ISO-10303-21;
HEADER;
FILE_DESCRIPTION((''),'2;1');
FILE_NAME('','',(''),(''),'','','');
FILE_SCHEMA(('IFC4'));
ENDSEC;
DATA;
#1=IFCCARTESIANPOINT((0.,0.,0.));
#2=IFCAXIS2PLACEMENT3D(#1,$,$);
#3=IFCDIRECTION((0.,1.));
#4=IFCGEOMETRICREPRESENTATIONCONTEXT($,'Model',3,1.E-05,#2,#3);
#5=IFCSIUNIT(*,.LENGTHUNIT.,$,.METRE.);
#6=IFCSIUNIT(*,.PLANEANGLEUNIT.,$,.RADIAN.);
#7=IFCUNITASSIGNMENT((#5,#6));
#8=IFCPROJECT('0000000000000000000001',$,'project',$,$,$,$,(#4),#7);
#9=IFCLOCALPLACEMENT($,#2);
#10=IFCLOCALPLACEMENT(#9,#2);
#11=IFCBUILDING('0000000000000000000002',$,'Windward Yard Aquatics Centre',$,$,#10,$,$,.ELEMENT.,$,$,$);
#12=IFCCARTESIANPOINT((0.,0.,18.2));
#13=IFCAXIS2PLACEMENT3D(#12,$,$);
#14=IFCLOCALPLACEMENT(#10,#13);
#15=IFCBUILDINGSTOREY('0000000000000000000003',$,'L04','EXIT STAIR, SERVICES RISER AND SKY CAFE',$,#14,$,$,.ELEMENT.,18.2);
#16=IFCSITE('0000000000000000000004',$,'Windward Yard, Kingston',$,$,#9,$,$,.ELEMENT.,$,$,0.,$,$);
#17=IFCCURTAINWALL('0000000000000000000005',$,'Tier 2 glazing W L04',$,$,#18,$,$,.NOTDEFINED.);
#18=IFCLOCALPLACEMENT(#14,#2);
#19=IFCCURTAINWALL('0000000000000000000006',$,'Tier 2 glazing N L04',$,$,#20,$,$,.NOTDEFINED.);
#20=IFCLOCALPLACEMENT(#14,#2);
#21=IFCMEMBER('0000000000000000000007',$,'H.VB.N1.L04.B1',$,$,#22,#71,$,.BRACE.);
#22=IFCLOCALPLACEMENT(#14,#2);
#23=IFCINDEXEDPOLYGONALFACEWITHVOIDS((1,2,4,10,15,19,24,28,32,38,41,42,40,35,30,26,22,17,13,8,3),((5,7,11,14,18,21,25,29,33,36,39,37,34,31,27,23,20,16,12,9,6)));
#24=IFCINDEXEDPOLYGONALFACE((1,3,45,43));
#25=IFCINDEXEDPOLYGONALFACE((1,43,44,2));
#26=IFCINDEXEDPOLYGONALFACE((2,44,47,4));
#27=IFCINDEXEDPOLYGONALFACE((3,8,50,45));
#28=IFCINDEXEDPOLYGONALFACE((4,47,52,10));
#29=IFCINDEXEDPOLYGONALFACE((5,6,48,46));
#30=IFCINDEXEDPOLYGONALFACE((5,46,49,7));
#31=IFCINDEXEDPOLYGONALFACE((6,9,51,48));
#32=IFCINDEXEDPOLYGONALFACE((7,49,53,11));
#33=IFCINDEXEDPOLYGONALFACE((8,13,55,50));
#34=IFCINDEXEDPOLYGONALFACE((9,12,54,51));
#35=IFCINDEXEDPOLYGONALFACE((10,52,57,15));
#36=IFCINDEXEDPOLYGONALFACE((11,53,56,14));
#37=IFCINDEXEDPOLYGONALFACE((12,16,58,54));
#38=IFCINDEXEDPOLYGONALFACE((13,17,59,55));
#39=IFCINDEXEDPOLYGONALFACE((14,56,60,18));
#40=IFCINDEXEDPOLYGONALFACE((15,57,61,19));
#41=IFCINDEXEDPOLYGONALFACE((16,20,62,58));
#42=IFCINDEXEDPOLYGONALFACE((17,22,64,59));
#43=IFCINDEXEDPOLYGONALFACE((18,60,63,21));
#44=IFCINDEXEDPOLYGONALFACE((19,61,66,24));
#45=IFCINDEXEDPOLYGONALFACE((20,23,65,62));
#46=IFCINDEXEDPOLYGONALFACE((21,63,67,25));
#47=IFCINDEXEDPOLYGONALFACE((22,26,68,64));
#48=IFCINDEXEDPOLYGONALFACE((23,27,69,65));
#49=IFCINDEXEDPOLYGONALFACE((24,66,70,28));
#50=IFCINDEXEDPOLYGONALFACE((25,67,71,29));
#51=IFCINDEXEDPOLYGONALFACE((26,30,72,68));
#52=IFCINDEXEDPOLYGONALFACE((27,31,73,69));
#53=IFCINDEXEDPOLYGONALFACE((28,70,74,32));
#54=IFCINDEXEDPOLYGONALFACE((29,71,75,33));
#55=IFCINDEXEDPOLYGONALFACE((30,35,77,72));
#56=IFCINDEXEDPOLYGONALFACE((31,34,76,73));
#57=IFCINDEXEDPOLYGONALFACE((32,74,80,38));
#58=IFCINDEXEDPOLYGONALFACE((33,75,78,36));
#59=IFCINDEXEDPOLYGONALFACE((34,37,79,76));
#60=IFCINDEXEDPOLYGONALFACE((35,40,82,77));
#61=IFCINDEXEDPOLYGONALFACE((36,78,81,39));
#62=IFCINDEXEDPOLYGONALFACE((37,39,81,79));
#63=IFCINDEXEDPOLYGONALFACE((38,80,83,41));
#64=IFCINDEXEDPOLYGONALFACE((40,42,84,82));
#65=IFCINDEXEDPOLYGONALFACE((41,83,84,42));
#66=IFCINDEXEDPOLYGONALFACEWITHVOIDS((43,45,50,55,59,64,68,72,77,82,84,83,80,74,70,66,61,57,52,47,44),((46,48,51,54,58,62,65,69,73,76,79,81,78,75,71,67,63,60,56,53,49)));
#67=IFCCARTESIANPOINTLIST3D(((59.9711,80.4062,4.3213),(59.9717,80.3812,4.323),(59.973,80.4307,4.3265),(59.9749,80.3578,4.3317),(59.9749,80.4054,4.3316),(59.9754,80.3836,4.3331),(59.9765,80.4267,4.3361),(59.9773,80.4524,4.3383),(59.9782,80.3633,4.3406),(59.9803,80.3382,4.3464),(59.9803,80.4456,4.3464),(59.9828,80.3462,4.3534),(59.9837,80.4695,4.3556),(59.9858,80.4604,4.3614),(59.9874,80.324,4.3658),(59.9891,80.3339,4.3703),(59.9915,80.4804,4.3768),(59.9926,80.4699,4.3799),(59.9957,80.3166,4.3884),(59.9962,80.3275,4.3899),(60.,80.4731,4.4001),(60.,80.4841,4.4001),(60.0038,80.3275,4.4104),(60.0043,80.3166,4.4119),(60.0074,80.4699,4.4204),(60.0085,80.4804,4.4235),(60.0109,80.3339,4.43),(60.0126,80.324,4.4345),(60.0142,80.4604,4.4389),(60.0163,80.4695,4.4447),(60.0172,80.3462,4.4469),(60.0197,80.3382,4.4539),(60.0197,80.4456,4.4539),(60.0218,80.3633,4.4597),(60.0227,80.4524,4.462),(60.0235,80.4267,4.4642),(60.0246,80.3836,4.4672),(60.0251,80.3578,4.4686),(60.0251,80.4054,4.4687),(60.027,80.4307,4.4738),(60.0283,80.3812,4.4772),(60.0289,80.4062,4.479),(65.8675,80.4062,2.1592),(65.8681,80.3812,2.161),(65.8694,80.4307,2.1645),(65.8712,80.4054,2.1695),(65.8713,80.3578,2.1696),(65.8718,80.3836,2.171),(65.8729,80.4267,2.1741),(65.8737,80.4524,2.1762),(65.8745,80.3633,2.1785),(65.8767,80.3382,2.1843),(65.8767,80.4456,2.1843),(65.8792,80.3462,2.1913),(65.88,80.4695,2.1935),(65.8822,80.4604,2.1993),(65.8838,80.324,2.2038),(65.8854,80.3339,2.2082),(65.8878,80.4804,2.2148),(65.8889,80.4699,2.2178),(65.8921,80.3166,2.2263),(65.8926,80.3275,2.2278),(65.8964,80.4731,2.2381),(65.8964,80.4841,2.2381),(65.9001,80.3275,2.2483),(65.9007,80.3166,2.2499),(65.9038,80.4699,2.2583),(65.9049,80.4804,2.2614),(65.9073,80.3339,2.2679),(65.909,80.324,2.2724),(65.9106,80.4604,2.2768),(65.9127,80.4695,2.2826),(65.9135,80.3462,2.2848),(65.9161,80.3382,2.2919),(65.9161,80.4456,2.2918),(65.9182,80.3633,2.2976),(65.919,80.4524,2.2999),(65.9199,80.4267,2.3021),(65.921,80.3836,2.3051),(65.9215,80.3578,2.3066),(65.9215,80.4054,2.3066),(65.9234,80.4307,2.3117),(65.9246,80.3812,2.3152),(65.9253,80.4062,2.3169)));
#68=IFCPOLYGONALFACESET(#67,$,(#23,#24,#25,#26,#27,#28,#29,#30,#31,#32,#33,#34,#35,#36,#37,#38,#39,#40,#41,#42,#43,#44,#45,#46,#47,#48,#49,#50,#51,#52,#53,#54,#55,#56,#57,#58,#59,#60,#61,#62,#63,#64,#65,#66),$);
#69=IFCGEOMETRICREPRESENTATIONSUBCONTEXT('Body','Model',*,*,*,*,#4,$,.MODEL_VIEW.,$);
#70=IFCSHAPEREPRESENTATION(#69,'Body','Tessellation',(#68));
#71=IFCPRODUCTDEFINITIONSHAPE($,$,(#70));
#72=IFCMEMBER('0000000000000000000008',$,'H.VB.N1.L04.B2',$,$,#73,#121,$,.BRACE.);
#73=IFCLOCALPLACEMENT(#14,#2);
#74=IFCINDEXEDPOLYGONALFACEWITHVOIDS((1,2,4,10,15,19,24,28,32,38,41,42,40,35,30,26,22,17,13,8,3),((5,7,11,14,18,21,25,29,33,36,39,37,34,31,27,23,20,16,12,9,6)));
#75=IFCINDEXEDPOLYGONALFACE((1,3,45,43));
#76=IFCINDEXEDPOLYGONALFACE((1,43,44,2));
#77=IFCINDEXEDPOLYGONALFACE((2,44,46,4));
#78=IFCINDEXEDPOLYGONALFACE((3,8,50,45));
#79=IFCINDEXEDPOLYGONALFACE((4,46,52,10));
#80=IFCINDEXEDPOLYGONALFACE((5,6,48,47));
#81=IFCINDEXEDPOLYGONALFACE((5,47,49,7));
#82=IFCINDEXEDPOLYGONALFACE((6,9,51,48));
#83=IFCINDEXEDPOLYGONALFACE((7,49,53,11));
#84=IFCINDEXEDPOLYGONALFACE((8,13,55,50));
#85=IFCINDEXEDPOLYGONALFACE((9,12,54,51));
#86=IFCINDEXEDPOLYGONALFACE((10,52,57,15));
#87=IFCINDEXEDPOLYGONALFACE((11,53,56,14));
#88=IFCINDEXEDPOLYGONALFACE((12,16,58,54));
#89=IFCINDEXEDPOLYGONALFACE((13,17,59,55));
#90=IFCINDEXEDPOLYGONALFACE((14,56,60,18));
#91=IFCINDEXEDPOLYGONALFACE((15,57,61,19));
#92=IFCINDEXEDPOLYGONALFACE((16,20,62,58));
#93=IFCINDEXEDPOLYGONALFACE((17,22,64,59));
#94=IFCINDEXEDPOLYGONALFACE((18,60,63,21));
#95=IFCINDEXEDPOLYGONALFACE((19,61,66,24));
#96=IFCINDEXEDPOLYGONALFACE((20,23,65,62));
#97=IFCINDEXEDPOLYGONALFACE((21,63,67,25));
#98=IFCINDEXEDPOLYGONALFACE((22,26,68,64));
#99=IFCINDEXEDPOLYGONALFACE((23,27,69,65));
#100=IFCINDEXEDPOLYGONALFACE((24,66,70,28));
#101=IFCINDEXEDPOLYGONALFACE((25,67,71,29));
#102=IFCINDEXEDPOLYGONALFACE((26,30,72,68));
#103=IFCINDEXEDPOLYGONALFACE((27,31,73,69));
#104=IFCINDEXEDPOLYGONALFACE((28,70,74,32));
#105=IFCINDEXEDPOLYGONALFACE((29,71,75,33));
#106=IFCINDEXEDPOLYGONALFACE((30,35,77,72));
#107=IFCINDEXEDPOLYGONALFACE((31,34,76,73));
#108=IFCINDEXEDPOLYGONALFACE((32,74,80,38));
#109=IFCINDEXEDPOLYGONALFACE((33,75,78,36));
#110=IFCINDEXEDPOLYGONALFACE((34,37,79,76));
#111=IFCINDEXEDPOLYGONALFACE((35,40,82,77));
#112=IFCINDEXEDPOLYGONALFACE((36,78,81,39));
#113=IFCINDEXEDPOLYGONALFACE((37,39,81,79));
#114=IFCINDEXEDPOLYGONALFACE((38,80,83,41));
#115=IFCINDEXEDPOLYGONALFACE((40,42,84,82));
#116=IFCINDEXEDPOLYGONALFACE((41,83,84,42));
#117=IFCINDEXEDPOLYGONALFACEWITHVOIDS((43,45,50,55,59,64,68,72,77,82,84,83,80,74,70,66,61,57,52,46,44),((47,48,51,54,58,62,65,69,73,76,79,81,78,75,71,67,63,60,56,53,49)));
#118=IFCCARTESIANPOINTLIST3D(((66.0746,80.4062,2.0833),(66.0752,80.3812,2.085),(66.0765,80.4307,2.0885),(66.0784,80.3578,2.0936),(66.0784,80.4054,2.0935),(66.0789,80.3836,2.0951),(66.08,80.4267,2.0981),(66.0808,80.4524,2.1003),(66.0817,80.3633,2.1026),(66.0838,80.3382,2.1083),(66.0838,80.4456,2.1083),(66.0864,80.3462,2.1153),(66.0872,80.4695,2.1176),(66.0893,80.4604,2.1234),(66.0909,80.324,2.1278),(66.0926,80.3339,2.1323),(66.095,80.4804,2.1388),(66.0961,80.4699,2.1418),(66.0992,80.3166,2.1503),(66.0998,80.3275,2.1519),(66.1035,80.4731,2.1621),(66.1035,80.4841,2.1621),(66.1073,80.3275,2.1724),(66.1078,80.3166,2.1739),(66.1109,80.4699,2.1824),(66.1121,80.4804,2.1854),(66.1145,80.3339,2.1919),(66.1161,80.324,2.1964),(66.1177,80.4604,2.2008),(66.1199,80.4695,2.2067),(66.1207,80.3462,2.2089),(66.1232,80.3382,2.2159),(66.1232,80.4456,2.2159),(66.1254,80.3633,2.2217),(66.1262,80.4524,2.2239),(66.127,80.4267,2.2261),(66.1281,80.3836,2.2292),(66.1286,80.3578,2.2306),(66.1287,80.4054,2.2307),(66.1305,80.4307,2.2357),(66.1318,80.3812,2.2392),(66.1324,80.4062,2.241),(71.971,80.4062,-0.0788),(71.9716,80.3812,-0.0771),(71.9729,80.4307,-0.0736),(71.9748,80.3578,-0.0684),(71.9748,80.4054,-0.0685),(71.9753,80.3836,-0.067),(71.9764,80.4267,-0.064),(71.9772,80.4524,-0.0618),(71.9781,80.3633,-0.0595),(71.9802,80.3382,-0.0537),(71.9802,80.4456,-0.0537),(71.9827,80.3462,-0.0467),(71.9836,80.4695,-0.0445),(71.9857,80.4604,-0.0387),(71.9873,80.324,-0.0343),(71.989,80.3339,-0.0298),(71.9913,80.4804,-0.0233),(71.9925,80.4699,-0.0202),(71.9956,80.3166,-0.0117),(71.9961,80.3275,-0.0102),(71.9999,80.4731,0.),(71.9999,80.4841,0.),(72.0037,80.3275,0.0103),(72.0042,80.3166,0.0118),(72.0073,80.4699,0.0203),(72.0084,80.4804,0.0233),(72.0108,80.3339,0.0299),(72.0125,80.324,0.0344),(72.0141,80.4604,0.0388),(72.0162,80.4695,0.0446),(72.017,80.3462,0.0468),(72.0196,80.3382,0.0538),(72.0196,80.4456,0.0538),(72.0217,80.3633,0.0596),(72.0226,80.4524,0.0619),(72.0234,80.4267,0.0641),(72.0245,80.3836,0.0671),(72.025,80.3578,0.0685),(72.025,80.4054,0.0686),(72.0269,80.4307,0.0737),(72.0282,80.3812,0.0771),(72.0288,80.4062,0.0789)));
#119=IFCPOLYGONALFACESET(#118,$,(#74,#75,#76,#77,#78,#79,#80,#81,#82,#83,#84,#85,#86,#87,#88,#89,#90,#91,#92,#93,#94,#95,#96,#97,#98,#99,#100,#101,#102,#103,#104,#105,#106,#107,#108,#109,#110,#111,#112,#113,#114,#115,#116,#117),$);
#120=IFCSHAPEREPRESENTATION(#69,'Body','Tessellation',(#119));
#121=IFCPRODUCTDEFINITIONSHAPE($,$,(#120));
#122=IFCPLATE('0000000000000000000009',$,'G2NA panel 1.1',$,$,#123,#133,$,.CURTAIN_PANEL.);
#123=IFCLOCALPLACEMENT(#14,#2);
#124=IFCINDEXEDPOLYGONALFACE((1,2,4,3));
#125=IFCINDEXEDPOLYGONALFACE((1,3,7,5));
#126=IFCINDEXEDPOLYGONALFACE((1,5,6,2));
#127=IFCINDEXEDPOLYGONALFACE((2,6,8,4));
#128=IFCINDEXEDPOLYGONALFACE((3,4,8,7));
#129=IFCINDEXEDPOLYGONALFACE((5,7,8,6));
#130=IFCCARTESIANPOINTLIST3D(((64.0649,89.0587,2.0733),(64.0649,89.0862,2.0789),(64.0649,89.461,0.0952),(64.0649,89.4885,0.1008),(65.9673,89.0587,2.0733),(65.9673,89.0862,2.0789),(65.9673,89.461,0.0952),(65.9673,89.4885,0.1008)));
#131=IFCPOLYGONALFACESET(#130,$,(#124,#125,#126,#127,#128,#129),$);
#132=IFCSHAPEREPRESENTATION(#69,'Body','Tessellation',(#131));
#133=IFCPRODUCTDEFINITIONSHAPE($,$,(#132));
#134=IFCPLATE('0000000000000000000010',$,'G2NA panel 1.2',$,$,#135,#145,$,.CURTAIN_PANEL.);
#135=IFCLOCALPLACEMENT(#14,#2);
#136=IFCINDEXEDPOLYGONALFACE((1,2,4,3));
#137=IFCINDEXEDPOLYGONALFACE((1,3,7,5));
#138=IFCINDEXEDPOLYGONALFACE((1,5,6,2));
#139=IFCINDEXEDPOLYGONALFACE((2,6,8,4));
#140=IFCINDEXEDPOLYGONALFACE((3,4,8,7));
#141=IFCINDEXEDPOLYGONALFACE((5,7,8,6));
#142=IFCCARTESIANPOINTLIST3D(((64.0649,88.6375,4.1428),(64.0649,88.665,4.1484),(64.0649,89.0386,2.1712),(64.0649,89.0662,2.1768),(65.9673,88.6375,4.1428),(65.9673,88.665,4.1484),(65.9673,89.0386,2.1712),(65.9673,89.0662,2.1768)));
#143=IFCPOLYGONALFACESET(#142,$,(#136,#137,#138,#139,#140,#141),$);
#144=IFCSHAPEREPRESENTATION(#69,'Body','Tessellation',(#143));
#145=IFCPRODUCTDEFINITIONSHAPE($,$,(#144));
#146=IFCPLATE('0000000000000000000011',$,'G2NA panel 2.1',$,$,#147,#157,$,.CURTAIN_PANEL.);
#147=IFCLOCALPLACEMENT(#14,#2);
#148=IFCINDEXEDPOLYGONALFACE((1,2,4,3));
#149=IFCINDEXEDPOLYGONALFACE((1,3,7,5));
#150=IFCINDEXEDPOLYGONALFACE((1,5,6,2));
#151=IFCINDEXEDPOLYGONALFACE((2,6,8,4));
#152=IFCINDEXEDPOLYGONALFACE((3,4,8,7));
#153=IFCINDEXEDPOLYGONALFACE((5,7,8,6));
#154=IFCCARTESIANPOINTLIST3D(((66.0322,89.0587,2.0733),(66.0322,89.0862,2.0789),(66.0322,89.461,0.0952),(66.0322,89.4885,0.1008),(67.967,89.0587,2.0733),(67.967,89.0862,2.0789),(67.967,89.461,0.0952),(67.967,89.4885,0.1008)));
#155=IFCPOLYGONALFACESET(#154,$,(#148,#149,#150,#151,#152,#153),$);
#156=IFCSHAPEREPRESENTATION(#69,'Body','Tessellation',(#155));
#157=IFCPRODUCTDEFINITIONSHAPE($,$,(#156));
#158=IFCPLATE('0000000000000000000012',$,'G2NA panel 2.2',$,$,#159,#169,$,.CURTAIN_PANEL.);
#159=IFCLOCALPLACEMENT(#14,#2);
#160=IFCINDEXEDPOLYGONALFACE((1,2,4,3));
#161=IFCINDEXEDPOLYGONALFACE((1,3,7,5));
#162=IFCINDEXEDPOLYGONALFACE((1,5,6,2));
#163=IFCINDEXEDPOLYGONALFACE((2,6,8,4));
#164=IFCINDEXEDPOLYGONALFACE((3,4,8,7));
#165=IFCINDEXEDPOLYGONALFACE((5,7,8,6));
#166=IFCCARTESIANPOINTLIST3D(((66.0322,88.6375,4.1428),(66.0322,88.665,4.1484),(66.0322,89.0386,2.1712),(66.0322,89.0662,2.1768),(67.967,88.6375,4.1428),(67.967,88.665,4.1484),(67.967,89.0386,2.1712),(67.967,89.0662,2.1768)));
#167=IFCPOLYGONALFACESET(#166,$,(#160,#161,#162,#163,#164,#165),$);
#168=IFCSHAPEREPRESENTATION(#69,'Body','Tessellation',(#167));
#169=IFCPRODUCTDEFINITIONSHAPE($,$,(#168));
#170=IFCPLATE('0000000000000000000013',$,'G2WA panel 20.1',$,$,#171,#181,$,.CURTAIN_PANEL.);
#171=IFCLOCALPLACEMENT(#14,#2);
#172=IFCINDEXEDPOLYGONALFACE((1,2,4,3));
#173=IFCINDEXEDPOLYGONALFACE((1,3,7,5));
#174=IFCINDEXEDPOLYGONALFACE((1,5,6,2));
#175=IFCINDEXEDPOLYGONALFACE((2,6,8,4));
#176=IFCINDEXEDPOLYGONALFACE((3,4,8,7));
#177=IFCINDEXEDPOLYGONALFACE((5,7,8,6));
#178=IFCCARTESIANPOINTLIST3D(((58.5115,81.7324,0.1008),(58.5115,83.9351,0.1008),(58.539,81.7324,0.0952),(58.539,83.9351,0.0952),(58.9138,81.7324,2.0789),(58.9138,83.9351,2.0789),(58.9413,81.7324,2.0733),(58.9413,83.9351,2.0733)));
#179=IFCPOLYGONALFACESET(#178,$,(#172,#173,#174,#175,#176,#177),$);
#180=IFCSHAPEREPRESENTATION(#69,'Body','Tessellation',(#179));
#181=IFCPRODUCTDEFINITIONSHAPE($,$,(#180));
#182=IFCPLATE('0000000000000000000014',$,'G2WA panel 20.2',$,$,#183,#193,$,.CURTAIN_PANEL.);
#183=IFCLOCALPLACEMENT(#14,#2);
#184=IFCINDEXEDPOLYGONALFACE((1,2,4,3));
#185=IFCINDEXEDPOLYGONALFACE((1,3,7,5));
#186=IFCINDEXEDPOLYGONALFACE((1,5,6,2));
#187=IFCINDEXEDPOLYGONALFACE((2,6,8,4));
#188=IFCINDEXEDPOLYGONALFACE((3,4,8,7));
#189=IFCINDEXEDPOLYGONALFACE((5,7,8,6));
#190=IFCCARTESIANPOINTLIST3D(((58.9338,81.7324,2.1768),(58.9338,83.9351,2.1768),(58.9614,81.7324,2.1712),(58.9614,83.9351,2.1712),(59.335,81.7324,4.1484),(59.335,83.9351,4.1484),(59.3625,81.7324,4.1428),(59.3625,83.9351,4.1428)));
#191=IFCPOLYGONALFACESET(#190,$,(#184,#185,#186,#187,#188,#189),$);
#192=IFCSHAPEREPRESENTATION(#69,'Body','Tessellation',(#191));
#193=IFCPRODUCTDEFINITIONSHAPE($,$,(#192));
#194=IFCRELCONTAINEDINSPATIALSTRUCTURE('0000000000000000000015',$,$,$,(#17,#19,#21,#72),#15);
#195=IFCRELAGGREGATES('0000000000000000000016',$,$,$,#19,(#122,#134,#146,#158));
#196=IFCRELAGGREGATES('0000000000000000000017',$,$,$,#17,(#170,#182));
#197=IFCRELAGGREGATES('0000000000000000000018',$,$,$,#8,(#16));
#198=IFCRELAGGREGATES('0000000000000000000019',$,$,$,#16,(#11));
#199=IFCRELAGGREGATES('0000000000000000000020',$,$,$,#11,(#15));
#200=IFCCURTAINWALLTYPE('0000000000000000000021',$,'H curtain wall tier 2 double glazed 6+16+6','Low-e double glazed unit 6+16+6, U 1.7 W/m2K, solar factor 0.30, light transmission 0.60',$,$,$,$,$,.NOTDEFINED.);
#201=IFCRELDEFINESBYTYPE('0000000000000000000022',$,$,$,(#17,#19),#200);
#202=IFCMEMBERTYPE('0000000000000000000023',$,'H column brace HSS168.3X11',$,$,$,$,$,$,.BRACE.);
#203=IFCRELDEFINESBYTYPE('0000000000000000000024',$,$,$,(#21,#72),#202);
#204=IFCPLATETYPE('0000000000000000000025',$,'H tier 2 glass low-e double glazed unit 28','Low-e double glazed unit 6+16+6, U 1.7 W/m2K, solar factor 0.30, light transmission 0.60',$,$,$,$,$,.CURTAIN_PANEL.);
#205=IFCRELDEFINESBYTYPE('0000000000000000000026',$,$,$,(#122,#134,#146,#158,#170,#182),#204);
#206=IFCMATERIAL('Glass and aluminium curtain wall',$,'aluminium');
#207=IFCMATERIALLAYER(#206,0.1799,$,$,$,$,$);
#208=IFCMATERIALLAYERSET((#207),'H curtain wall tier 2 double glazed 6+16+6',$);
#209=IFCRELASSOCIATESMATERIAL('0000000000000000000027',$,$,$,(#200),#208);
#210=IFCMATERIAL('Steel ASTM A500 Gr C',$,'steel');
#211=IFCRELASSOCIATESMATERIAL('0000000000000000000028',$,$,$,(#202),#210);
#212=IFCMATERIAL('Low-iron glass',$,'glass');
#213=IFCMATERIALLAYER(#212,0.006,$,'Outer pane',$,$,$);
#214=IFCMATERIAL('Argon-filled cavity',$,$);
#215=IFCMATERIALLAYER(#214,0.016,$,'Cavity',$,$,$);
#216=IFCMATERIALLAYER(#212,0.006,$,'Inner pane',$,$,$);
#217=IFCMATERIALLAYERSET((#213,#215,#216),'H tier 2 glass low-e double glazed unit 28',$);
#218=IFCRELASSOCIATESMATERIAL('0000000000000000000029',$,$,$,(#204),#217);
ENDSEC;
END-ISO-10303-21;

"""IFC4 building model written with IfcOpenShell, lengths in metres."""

from ifc_helpers import new_model, si_unit, direction, frame, origin, origin_2d, place, context, subcontext, project, spatial, polyline, hollow_circle, outline, extrude, material, layer, layer_set, material_profile, profile_set, type_object, element, aggregate, save


model = new_model("IFC4")

# Units and contexts
model_context = context("Model", 3, precision=1e-05, world=origin(), true_north=direction((0.0, 1.0)))
body_context = subcontext(model_context, "Body", "Model", "MODEL_VIEW")
ifc_project = project(units=[si_unit("LENGTHUNIT", "METRE"), si_unit("PLANEANGLEUNIT", "RADIAN")], contexts=[model_context])

# Site, building, storey
site_placement = place(None, origin())
site = spatial("IfcSite", under=ifc_project, at=site_placement, Name="Windward Yard, Kingston", CompositionType="ELEMENT", RefElevation=0.0)
building_placement = place(site_placement, origin())
building = spatial("IfcBuilding", under=site, at=building_placement, Name="Windward Yard Aquatics Centre", CompositionType="ELEMENT")
storey_placement = place(building_placement, frame((0.0, 0.0, 18.2)))
storey = spatial("IfcBuildingStorey", under=building, at=storey_placement, Name="L04", Description="EXIT STAIR, SERVICES RISER AND SKY CAFE", CompositionType="ELEMENT", Elevation=18.2)

# Shared definitions
ifc_material_1 = material(Name="Steel ASTM A500 Gr C", Category="steel")

# Curtain walls
ifc_material_2 = material(Name="Glass and aluminium curtain wall", Category="aluminium")
ifc_layer_1 = layer(ifc_material_2, 0.1799)
ifc_layer_set_1 = layer_set([ifc_layer_1], Name="H curtain wall tier 2 double glazed 6+16+6")
curtain_wall_type = type_object("IfcCurtainWallType", Name="H curtain wall tier 2 double glazed 6+16+6", Description="Low-e double glazed unit 6+16+6, U 1.7 W/m2K, solar factor 0.30, light transmission 0.60", PredefinedType="NOTDEFINED", material=ifc_layer_set_1)
curtain_wall_1_placement = place(storey_placement, origin())
curtain_wall_1 = element("IfcCurtainWall", 1, at=curtain_wall_1_placement, inside=storey, type_object=curtain_wall_type, Name="Tier 2 glazing W L04", PredefinedType="NOTDEFINED")
curtain_wall_2_placement = place(storey_placement, origin())
curtain_wall_2 = element("IfcCurtainWall", 2, at=curtain_wall_2_placement, inside=storey, type_object=curtain_wall_type, Name="Tier 2 glazing N L04", PredefinedType="NOTDEFINED")

# Members
ifc_material_profile_1 = material_profile(ifc_material_1, hollow_circle(Radius=0.0842, WallThickness=0.011, at=origin_2d()), Name="HSS168.3X11")
ifc_profile_set_1 = profile_set([ifc_material_profile_1], Name="Steel ASTM A500 Gr C")
member_type_1 = type_object("IfcMemberType", Name="H column brace HSS168.3X11", PredefinedType="BRACE", material=ifc_profile_set_1)
for number, where, z_axis, x_axis, name in (
    (3, (60.0, 80.3999, 4.4001), (0.938873, 0.0, -0.344264), (0.0, 1.0, 0.0), "H.VB.N1.L04.B1"),
    (4, (66.1035, 80.3999, 2.1621), (0.938873, 0.0, -0.344264), (0.0, 1.0, 0.0), "H.VB.N1.L04.B2"),
):
    element("IfcMember", number, at=place(storey_placement, frame(where, z_axis=z_axis, x_axis=x_axis)), inside=storey, type_object=member_type_1, Name=name, PredefinedType="BRACE", context=body_context, shape_type="SweptSolid", body=[
        extrude(hollow_circle(Radius=0.0842, WallThickness=0.011, at=origin_2d()), origin(), (0.0, 0.0, 1.0), 6.2803),
    ])

# Plates
ifc_material_3 = material(Name="Low-iron glass", Category="glass")
ifc_layer_2 = layer(ifc_material_3, 0.006, Name="Outer pane")
ifc_material_4 = material(Name="Argon-filled cavity")
ifc_layer_3 = layer(ifc_material_4, 0.016, Name="Cavity")
ifc_layer_4 = layer(ifc_material_3, 0.006, Name="Inner pane")
ifc_layer_set_2 = layer_set([ifc_layer_2, ifc_layer_3, ifc_layer_4], Name="H tier 2 glass low-e double glazed unit 28")
plate_type = type_object("IfcPlateType", Name="H tier 2 glass low-e double glazed unit 28", Description="Low-e double glazed unit 6+16+6, U 1.7 W/m2K, solar factor 0.30, light transmission 0.60", PredefinedType="CURTAIN_PANEL", material=ifc_layer_set_2)
plate_1_placement = place(storey_placement, frame((64.0649, 89.0862, 2.0789), z_axis=(0.0, 0.979933, 0.199325), x_axis=(0.0, 0.199325, -0.979933)))
plate_1 = element("IfcPlate", 5, at=plate_1_placement, type_object=plate_type, Name="G2NA panel 1.1", PredefinedType="CURTAIN_PANEL", context=body_context, shape_type="SweptSolid", body=[
    extrude(outline(polyline([(0.0, 0.0), (2.0185, 0.0), (2.0185, -1.9023), (0.0, -1.9023), (0.0, 0.0)])), origin(), (0.0, 0.0, -1.0), 0.0281),
])
plate_2_placement = place(storey_placement, frame((64.0649, 88.665, 4.1484), z_axis=(0.0, 0.979927, 0.199359), x_axis=(0.0, 0.199359, -0.979927)))
plate_2 = element("IfcPlate", 6, at=plate_2_placement, type_object=plate_type, Name="G2NA panel 1.2", PredefinedType="CURTAIN_PANEL", context=body_context, shape_type="SweptSolid", body=[
    extrude(outline(polyline([(0.0, 0.0), (2.0121, 0.0), (2.0121, -1.9023), (0.0, -1.9023), (0.0, 0.0)])), origin(), (0.0, 0.0, -1.0), 0.0281),
])
plate_3_placement = place(storey_placement, frame((66.0322, 89.0862, 2.0789), z_axis=(0.0, 0.979933, 0.199325), x_axis=(0.0, 0.199325, -0.979933)))
plate_3 = element("IfcPlate", 7, at=plate_3_placement, type_object=plate_type, Name="G2NA panel 2.1", PredefinedType="CURTAIN_PANEL", context=body_context, shape_type="SweptSolid", body=[
    extrude(outline(polyline([(0.0, 0.0), (2.0185, 0.0), (2.0185, -1.9348), (0.0, -1.9348), (0.0, 0.0)])), origin(), (0.0, 0.0, -1.0), 0.0281),
])
plate_4_placement = place(storey_placement, frame((66.0322, 88.665, 4.1484), z_axis=(0.0, 0.979927, 0.199359), x_axis=(0.0, 0.199359, -0.979927)))
plate_4 = element("IfcPlate", 8, at=plate_4_placement, type_object=plate_type, Name="G2NA panel 2.2", PredefinedType="CURTAIN_PANEL", context=body_context, shape_type="SweptSolid", body=[
    extrude(outline(polyline([(0.0, 0.0), (2.0121, 0.0), (2.0121, -1.9348), (0.0, -1.9348), (0.0, 0.0)])), origin(), (0.0, 0.0, -1.0), 0.0281),
])
aggregate(curtain_wall_2, [plate_1, plate_2, plate_3, plate_4])
plate_5_placement = place(storey_placement, frame((58.5115, 81.7324, 0.1008), z_axis=(-0.979933, 0.0, 0.199325), x_axis=(0.0, 1.0, 0.0)))
plate_5 = element("IfcPlate", 9, at=plate_5_placement, type_object=plate_type, Name="G2WA panel 20.1", PredefinedType="CURTAIN_PANEL", context=body_context, shape_type="SweptSolid", body=[
    extrude(outline(polyline([(0.0, 0.0), (2.2026, 0.0), (2.2026, -2.0185), (0.0, -2.0185), (0.0, 0.0)])), origin(), (0.0, 0.0, -1.0), 0.0281),
])
plate_6_placement = place(storey_placement, frame((58.9338, 81.7324, 2.1768), z_axis=(-0.979927, 0.0, 0.199359), x_axis=(0.0, 1.0, 0.0)))
plate_6 = element("IfcPlate", 10, at=plate_6_placement, type_object=plate_type, Name="G2WA panel 20.2", PredefinedType="CURTAIN_PANEL", context=body_context, shape_type="SweptSolid", body=[
    extrude(outline(polyline([(0.0, 0.0), (2.2026, 0.0), (2.2026, -2.0121), (0.0, -2.0121), (0.0, 0.0)])), origin(), (0.0, 0.0, -1.0), 0.0281),
])
aggregate(curtain_wall_1, [plate_5, plate_6])

save(model, "model.ifc")
